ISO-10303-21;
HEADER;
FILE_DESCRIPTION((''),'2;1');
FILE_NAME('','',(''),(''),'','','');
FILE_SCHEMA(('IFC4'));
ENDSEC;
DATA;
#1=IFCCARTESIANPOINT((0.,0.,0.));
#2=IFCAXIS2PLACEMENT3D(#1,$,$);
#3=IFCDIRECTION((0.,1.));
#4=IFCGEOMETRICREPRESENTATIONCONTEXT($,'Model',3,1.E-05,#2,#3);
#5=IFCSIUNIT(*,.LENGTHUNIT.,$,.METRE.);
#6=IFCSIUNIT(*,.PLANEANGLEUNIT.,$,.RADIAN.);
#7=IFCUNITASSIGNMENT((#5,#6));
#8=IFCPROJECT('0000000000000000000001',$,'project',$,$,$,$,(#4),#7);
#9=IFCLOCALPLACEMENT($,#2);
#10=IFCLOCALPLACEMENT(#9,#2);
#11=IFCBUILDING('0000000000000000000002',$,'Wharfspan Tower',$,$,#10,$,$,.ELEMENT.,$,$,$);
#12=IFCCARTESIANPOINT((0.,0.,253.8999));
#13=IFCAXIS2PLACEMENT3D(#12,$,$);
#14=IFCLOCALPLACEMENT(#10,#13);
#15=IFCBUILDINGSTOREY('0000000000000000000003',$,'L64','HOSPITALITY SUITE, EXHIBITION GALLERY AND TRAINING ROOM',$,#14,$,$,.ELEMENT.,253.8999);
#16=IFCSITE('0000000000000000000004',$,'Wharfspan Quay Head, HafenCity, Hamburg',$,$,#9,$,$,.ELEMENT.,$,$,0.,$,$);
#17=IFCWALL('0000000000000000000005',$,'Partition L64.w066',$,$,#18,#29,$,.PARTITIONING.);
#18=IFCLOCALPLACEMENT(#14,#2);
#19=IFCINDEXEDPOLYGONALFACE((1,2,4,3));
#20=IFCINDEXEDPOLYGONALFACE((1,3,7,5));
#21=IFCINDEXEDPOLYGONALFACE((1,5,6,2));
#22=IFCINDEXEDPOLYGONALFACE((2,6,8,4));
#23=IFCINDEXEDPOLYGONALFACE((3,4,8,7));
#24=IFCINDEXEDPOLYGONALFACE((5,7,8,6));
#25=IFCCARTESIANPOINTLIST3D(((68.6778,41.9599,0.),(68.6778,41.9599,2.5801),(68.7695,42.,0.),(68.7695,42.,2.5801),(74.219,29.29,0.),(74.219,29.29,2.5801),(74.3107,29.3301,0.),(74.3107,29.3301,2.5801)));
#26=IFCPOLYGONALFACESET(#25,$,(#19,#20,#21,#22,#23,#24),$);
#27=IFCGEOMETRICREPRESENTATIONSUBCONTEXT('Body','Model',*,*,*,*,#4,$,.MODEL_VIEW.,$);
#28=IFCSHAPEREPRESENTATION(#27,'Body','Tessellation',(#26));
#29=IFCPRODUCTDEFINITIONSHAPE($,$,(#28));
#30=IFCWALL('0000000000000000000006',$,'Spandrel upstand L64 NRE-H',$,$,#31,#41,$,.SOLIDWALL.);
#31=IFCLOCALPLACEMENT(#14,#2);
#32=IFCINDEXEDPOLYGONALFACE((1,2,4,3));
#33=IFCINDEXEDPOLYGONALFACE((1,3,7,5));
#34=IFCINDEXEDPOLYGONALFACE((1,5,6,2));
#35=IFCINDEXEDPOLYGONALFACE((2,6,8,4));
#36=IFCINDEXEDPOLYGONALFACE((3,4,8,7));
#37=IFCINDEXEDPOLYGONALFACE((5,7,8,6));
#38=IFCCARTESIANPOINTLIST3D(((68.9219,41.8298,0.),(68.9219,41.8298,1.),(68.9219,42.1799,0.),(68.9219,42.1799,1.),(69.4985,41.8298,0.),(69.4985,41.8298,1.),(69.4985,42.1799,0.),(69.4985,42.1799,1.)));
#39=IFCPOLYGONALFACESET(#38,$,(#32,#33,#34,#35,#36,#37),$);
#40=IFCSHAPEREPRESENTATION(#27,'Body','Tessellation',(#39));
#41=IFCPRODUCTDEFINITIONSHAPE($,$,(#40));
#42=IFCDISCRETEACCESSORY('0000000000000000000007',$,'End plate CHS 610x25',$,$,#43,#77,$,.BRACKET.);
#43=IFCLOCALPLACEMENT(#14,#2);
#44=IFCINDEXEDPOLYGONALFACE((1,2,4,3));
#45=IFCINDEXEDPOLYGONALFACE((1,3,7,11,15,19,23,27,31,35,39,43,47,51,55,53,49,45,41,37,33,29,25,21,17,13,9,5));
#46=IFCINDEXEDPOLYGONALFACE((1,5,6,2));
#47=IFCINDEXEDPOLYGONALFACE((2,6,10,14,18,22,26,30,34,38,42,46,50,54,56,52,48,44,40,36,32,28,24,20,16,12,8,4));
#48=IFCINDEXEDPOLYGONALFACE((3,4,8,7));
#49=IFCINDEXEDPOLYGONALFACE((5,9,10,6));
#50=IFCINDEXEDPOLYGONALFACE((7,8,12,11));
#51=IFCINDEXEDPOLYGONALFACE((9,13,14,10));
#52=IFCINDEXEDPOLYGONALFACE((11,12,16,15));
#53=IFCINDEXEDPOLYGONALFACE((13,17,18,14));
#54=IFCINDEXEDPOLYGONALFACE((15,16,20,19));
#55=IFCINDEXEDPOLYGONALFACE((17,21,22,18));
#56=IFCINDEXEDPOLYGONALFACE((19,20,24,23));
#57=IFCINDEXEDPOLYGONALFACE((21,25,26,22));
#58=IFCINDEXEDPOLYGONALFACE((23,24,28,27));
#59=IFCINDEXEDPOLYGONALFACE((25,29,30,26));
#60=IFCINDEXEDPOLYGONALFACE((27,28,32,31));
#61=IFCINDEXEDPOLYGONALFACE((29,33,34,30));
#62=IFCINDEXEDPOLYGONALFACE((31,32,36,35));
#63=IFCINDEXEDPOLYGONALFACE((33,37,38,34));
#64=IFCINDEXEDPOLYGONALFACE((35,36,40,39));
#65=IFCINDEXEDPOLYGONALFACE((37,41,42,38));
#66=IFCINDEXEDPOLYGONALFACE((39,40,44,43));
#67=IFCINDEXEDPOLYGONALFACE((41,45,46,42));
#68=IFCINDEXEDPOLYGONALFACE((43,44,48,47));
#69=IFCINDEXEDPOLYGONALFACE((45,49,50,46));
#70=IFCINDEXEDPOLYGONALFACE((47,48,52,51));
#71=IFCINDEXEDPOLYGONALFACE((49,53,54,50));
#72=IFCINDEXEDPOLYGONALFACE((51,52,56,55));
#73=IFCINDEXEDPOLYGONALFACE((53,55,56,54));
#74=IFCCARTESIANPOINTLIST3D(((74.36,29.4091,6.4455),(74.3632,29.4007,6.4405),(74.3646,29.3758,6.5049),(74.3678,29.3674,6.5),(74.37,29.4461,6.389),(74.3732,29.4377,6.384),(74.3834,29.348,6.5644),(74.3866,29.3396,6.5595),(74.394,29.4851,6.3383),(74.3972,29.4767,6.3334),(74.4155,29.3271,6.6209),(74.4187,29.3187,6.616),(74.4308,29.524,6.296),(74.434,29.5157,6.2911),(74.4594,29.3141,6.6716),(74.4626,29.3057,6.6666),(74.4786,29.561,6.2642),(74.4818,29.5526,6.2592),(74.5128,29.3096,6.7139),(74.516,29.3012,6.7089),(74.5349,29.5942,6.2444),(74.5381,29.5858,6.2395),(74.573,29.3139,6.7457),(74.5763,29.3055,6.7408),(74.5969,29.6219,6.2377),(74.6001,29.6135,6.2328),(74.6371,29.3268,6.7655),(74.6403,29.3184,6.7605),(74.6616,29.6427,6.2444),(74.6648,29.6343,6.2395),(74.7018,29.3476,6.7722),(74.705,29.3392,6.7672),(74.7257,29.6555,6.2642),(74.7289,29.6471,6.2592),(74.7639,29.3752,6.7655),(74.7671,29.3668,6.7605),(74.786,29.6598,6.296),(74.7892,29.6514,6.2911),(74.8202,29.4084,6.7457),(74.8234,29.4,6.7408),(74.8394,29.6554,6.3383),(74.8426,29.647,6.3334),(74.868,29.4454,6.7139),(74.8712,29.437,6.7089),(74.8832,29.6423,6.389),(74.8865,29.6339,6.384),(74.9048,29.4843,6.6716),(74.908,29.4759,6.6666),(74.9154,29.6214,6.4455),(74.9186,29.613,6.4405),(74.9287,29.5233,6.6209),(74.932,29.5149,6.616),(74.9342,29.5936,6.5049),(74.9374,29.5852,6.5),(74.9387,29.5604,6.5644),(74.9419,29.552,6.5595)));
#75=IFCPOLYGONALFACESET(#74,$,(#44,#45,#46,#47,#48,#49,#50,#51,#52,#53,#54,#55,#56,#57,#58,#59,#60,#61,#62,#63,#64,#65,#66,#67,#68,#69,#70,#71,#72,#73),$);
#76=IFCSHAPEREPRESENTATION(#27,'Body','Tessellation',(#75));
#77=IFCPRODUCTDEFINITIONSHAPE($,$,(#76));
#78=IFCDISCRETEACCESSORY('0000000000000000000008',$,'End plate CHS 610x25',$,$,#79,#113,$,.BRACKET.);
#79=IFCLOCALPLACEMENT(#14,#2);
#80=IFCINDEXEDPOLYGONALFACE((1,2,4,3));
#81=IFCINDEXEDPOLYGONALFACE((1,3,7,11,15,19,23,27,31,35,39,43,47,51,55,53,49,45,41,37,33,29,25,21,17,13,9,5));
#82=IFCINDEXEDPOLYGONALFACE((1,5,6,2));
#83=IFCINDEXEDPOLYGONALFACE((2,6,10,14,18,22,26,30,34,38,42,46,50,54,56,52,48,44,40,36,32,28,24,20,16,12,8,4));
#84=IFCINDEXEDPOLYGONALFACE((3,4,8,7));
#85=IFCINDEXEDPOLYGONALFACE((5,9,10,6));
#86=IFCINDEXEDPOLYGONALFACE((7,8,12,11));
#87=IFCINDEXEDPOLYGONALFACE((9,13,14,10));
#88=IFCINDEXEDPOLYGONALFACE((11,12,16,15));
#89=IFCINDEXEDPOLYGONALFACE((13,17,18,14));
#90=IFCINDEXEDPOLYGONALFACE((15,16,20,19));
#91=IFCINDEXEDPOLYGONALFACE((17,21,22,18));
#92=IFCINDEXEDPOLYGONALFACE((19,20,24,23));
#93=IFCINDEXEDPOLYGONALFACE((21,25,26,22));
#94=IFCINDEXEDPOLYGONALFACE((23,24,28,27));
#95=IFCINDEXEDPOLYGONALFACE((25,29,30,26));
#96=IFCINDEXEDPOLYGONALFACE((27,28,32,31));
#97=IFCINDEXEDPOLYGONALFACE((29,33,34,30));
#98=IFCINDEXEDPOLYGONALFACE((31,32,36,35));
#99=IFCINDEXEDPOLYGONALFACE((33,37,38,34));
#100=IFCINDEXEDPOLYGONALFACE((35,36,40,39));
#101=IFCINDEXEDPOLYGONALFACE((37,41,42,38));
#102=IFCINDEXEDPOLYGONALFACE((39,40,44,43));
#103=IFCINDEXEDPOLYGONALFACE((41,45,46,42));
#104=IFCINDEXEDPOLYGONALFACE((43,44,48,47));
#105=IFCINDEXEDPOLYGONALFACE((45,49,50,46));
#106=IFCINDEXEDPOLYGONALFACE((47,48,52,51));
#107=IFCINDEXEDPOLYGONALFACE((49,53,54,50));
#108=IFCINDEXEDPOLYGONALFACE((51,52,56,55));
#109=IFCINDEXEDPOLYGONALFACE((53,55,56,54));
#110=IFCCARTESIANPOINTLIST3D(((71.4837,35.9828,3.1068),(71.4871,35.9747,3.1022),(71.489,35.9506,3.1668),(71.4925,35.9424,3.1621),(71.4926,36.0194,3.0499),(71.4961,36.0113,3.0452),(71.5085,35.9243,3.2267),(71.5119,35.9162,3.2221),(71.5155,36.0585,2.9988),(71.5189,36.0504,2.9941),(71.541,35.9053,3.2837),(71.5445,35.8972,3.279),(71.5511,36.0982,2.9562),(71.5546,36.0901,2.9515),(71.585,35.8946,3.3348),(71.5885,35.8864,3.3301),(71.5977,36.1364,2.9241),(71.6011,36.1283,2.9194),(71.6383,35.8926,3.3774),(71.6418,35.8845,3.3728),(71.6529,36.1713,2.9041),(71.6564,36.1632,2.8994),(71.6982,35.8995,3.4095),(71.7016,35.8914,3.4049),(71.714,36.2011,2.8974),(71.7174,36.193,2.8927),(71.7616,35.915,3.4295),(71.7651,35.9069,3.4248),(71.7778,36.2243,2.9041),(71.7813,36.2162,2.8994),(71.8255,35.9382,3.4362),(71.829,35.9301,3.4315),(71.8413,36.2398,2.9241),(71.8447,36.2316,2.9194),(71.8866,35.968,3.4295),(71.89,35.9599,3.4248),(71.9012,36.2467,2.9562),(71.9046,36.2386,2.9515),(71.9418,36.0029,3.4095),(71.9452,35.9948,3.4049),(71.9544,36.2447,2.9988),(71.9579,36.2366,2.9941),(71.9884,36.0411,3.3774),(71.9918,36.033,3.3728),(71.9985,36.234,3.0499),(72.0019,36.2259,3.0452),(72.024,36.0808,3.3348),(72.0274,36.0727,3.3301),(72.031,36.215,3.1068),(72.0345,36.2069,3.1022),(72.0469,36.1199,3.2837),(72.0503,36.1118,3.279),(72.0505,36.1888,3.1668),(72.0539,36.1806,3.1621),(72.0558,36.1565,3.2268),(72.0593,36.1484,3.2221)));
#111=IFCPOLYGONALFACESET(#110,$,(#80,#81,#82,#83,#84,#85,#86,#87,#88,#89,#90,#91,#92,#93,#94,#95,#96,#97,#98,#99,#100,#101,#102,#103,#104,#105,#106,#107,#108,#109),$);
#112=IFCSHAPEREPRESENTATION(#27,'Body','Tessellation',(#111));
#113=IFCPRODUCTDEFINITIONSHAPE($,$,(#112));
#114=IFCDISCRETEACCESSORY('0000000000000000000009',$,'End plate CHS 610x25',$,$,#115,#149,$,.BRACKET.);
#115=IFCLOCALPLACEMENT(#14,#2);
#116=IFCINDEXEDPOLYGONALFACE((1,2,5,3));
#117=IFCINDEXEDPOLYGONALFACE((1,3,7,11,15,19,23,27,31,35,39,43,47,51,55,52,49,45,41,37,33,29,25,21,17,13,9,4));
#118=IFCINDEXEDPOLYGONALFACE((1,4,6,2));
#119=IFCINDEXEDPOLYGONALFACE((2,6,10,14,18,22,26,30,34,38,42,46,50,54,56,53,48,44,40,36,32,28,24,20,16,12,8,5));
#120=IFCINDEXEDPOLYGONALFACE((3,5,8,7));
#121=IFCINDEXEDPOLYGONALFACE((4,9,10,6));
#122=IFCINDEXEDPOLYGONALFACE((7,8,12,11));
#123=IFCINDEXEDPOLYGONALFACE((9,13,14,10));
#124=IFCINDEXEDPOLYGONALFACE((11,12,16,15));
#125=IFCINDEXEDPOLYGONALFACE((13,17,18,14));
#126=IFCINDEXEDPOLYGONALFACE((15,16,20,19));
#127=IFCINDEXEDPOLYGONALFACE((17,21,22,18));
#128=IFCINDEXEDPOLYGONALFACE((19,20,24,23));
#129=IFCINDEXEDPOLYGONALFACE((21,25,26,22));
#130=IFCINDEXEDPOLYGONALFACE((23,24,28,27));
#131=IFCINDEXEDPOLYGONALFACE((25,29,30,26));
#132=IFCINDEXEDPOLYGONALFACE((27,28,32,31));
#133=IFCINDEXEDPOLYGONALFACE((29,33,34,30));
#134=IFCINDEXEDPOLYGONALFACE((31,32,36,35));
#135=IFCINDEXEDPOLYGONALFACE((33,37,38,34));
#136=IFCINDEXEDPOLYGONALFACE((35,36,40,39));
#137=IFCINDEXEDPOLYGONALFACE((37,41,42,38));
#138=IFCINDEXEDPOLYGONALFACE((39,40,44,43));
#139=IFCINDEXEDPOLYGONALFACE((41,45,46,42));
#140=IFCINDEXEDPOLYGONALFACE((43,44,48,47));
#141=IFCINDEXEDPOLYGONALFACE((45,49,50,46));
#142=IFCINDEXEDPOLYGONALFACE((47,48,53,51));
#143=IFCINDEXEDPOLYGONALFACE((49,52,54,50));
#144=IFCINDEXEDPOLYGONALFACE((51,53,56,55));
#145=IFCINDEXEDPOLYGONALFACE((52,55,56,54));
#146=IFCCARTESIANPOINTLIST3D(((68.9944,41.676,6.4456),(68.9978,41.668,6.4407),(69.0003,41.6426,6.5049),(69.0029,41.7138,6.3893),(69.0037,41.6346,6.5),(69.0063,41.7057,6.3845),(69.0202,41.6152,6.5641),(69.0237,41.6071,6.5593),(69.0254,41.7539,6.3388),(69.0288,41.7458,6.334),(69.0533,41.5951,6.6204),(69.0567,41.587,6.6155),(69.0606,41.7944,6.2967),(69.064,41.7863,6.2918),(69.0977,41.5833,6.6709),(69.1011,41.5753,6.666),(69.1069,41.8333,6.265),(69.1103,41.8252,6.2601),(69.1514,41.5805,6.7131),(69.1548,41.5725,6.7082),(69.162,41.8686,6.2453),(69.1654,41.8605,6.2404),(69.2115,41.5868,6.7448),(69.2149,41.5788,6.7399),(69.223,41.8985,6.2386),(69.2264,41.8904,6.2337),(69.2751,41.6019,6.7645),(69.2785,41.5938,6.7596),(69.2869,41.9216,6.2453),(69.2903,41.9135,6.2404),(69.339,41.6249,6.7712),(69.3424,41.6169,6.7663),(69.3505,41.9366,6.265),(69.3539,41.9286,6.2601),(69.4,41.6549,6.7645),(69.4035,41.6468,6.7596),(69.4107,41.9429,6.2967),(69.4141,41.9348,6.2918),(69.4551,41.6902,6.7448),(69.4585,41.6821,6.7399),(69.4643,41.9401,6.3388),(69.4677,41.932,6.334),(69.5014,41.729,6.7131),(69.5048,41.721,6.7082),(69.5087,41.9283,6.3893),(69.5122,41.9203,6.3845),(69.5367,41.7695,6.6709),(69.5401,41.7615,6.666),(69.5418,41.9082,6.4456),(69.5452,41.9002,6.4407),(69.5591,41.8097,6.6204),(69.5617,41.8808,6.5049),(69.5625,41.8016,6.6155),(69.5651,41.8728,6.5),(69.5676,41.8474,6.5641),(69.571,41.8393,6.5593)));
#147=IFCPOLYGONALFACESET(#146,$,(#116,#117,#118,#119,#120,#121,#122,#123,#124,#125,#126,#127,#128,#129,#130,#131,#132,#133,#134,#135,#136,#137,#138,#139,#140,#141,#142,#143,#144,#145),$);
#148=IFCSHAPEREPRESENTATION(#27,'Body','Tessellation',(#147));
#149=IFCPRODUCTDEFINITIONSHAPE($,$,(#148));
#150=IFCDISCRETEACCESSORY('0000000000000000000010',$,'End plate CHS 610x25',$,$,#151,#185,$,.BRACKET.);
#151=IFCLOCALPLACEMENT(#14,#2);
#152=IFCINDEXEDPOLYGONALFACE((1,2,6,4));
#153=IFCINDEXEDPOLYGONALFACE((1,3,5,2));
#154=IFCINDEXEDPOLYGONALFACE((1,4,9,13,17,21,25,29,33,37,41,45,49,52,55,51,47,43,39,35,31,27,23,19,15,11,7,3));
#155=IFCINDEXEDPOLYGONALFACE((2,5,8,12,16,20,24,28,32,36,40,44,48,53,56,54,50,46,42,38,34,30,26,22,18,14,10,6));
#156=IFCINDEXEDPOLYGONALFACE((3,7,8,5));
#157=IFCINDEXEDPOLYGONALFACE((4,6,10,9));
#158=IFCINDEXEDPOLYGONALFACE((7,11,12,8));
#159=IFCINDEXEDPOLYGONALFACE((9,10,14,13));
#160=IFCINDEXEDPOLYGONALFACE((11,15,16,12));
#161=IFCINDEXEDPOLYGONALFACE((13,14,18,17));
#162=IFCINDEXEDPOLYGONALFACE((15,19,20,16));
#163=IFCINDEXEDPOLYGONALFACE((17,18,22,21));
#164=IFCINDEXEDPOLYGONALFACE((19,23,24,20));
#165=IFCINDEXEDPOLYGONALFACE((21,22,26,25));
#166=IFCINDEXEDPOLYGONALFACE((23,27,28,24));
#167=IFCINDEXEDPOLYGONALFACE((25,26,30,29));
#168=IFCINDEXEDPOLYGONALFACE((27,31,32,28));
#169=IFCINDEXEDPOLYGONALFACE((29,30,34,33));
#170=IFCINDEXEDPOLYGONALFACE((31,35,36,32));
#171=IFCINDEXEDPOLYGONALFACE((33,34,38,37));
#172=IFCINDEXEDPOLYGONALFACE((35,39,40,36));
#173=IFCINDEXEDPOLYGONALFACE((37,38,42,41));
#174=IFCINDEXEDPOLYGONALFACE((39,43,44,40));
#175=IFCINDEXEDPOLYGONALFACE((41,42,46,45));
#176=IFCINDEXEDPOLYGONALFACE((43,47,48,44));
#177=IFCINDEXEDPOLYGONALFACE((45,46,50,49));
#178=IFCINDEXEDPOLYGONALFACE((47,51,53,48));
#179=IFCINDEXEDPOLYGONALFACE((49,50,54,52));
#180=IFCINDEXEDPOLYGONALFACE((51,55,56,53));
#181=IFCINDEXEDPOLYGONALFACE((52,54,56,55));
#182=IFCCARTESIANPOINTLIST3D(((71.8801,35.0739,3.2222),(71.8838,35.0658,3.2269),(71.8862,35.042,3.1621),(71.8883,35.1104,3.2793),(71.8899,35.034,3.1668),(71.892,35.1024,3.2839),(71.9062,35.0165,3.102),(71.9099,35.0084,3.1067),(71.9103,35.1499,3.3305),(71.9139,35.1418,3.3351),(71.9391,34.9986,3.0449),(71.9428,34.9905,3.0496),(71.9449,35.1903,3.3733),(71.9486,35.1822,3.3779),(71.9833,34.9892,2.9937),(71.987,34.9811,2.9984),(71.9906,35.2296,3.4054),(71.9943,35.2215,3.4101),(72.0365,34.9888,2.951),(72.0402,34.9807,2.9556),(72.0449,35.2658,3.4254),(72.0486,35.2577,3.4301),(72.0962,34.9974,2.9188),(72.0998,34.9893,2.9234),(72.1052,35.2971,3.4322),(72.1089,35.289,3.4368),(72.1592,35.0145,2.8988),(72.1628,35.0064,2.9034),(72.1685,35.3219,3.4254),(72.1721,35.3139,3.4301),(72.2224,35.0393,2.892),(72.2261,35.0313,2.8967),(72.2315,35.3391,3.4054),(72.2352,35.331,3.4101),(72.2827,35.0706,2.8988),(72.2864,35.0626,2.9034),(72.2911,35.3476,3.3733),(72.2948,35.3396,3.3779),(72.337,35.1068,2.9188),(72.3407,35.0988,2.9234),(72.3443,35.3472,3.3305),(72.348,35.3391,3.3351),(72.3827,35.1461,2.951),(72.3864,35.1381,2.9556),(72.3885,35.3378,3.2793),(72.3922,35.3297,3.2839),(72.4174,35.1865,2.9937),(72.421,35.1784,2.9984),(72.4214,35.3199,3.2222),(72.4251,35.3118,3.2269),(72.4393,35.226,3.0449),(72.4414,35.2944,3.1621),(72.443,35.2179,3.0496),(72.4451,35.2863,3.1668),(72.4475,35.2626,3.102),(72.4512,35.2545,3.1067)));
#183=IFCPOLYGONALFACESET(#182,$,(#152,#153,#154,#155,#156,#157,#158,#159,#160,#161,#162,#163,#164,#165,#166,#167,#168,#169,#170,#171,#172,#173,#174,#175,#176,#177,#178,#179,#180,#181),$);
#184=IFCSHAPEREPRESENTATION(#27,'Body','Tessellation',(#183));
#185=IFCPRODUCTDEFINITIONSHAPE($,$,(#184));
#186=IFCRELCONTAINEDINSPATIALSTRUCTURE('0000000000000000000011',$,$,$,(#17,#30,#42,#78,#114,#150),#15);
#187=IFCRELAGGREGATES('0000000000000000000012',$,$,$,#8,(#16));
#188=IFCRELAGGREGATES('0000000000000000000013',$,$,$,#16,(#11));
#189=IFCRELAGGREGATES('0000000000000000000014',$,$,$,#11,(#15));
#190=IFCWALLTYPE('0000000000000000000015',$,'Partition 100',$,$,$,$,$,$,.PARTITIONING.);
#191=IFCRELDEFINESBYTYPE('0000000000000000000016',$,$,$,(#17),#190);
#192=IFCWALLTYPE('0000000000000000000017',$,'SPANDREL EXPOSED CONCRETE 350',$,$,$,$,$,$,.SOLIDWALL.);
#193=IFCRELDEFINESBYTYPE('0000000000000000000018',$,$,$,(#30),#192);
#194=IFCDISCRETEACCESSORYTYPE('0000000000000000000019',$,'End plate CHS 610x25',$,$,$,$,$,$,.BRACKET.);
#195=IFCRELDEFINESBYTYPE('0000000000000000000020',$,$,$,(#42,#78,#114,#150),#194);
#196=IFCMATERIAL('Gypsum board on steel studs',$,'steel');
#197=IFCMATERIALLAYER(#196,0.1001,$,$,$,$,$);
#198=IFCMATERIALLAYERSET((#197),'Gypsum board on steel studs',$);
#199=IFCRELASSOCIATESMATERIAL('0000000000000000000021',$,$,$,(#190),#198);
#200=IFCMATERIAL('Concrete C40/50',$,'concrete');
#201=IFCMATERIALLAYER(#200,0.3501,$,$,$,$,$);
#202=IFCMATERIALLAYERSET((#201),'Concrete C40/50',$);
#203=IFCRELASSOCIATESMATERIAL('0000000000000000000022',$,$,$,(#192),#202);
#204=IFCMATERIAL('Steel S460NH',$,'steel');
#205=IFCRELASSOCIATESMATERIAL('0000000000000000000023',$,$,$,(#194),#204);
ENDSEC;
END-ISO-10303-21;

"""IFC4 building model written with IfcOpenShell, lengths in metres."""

from ifc_helpers import new_model, si_unit, direction, frame, frame_2d, origin, origin_2d, place, context, subcontext, project, spatial, rectangle, circle, extrude, material, layer, layer_set, material_profile, profile_set, type_object, element, save


model = new_model("IFC4")

# Units and contexts
model_context = context("Model", 3, precision=1e-05, world=origin(), true_north=direction((0.0, 1.0)))
body_context = subcontext(model_context, "Body", "Model", "MODEL_VIEW")
ifc_project = project(units=[si_unit("LENGTHUNIT", "METRE"), si_unit("PLANEANGLEUNIT", "RADIAN")], contexts=[model_context])

# Site, building, storey
site_placement = place(None, origin())
site = spatial("IfcSite", under=ifc_project, at=site_placement, Name="Wharfspan Quay Head, HafenCity, Hamburg", CompositionType="ELEMENT", RefElevation=0.0)
building_placement = place(site_placement, origin())
building = spatial("IfcBuilding", under=site, at=building_placement, Name="Wharfspan Tower", CompositionType="ELEMENT")
storey_placement = place(building_placement, frame((0.0, 0.0, 253.8999)))
storey = spatial("IfcBuildingStorey", under=building, at=storey_placement, Name="L64", Description="HOSPITALITY SUITE, EXHIBITION GALLERY AND TRAINING ROOM", CompositionType="ELEMENT", Elevation=253.8999)

# Shared definitions
ifc_material_1 = material(Name="Steel S460NH", Category="steel")

# Shared definitions
ifc_material_2 = material(Name="Gypsum board on steel studs", Category="steel")

# Walls
ifc_layer_1 = layer(ifc_material_2, 0.1001)
ifc_layer_set_1 = layer_set([ifc_layer_1], Name="Gypsum board on steel studs")
wall_type_1 = type_object("IfcWallType", Name="Partition 100", PredefinedType="PARTITIONING", material=ifc_layer_set_1)
wall_1_placement = place(storey_placement, frame((74.2649, 29.3101, 0.0), z_axis=(0.0, 0.0, 1.0), x_axis=(-0.400709, 0.916209, 0.0)))
element("IfcWall", 1, at=wall_1_placement, inside=storey, type_object=wall_type_1, Name="Partition L64.w066", PredefinedType="PARTITIONING", context=body_context, shape_type="SweptSolid", body=[
    extrude(rectangle(XDim=13.8286, YDim=0.1001, at=frame_2d((6.9143, 0.0))), origin(), (0.0, 0.0, 1.0), 2.5801),
])
ifc_material_3 = material(Name="Concrete C40/50", Category="concrete")
ifc_layer_2 = layer(ifc_material_3, 0.3501)
ifc_layer_set_2 = layer_set([ifc_layer_2], Name="Concrete C40/50")
wall_type_2 = type_object("IfcWallType", Name="SPANDREL EXPOSED CONCRETE 350", PredefinedType="SOLIDWALL", material=ifc_layer_set_2)
wall_2_placement = place(storey_placement, frame((69.4985, 42.0049, 0.0), z_axis=(0.0, 0.0, 1.0), x_axis=(-1.0, 0.0, 0.0)))
element("IfcWall", 2, at=wall_2_placement, inside=storey, type_object=wall_type_2, Name="Spandrel upstand L64 NRE-H", PredefinedType="SOLIDWALL", context=body_context, shape_type="SweptSolid", body=[
    extrude(rectangle(XDim=0.5767, YDim=0.3501, at=frame_2d((0.2883, 0.0))), origin(), (0.0, 0.0, 1.0), 1.0),
])

# Discrete accessories
ifc_material_profile_1 = material_profile(ifc_material_1, circle(Radius=0.3049, at=origin_2d()))
ifc_profile_set_1 = profile_set([ifc_material_profile_1], Name="Steel S460NH")
discrete_accessory_type = type_object("IfcDiscreteAccessoryType", Name="End plate CHS 610x25", PredefinedType="BRACKET", material=ifc_profile_set_1)
discrete_accessory_placement = place(storey_placement, frame((74.6526, 29.4763, 6.5), z_axis=(-0.313003, 0.818624, 0.481543), x_axis=(-0.934053, -0.357137, -0.000001)))
element("IfcDiscreteAccessory", 3, at=discrete_accessory_placement, inside=storey, type_object=discrete_accessory_type, Name="End plate CHS 610x25", PredefinedType="BRACKET", context=body_context, shape_type="SweptSolid", body=[
    extrude(circle(Radius=0.3049, at=origin_2d()), origin(), (0.0, 0.0, 1.0), 0.0103),
])
for number, where, z_axis, x_axis, name in (
    (4, (71.7732, 36.0615, 3.1621), (-0.345075, 0.81339, 0.468316), (-0.920586, -0.390551, -0.000002), "End plate CHS 610x25"),
    (5, (69.2844, 41.7537, 6.5), (-0.341058, 0.803922, 0.487226), (-0.920584, -0.390551, 0.0), "End plate CHS 610x25"),
    (6, (72.1638, 35.1682, 3.1621), (0.366508, -0.806318, 0.464244), (0.910368, 0.413804, 0.000001), "End plate CHS 610x25"),
):
    element("IfcDiscreteAccessory", number, at=place(storey_placement, frame(where, z_axis=z_axis, x_axis=x_axis)), inside=storey, type_object=discrete_accessory_type, Name=name, PredefinedType="BRACKET", context=body_context, shape_type="SweptSolid", body=[
        extrude(circle(Radius=0.3049, at=origin_2d()), origin(), (0.0, 0.0, 1.0), 0.01),
    ])

save(model, "model.ifc")
